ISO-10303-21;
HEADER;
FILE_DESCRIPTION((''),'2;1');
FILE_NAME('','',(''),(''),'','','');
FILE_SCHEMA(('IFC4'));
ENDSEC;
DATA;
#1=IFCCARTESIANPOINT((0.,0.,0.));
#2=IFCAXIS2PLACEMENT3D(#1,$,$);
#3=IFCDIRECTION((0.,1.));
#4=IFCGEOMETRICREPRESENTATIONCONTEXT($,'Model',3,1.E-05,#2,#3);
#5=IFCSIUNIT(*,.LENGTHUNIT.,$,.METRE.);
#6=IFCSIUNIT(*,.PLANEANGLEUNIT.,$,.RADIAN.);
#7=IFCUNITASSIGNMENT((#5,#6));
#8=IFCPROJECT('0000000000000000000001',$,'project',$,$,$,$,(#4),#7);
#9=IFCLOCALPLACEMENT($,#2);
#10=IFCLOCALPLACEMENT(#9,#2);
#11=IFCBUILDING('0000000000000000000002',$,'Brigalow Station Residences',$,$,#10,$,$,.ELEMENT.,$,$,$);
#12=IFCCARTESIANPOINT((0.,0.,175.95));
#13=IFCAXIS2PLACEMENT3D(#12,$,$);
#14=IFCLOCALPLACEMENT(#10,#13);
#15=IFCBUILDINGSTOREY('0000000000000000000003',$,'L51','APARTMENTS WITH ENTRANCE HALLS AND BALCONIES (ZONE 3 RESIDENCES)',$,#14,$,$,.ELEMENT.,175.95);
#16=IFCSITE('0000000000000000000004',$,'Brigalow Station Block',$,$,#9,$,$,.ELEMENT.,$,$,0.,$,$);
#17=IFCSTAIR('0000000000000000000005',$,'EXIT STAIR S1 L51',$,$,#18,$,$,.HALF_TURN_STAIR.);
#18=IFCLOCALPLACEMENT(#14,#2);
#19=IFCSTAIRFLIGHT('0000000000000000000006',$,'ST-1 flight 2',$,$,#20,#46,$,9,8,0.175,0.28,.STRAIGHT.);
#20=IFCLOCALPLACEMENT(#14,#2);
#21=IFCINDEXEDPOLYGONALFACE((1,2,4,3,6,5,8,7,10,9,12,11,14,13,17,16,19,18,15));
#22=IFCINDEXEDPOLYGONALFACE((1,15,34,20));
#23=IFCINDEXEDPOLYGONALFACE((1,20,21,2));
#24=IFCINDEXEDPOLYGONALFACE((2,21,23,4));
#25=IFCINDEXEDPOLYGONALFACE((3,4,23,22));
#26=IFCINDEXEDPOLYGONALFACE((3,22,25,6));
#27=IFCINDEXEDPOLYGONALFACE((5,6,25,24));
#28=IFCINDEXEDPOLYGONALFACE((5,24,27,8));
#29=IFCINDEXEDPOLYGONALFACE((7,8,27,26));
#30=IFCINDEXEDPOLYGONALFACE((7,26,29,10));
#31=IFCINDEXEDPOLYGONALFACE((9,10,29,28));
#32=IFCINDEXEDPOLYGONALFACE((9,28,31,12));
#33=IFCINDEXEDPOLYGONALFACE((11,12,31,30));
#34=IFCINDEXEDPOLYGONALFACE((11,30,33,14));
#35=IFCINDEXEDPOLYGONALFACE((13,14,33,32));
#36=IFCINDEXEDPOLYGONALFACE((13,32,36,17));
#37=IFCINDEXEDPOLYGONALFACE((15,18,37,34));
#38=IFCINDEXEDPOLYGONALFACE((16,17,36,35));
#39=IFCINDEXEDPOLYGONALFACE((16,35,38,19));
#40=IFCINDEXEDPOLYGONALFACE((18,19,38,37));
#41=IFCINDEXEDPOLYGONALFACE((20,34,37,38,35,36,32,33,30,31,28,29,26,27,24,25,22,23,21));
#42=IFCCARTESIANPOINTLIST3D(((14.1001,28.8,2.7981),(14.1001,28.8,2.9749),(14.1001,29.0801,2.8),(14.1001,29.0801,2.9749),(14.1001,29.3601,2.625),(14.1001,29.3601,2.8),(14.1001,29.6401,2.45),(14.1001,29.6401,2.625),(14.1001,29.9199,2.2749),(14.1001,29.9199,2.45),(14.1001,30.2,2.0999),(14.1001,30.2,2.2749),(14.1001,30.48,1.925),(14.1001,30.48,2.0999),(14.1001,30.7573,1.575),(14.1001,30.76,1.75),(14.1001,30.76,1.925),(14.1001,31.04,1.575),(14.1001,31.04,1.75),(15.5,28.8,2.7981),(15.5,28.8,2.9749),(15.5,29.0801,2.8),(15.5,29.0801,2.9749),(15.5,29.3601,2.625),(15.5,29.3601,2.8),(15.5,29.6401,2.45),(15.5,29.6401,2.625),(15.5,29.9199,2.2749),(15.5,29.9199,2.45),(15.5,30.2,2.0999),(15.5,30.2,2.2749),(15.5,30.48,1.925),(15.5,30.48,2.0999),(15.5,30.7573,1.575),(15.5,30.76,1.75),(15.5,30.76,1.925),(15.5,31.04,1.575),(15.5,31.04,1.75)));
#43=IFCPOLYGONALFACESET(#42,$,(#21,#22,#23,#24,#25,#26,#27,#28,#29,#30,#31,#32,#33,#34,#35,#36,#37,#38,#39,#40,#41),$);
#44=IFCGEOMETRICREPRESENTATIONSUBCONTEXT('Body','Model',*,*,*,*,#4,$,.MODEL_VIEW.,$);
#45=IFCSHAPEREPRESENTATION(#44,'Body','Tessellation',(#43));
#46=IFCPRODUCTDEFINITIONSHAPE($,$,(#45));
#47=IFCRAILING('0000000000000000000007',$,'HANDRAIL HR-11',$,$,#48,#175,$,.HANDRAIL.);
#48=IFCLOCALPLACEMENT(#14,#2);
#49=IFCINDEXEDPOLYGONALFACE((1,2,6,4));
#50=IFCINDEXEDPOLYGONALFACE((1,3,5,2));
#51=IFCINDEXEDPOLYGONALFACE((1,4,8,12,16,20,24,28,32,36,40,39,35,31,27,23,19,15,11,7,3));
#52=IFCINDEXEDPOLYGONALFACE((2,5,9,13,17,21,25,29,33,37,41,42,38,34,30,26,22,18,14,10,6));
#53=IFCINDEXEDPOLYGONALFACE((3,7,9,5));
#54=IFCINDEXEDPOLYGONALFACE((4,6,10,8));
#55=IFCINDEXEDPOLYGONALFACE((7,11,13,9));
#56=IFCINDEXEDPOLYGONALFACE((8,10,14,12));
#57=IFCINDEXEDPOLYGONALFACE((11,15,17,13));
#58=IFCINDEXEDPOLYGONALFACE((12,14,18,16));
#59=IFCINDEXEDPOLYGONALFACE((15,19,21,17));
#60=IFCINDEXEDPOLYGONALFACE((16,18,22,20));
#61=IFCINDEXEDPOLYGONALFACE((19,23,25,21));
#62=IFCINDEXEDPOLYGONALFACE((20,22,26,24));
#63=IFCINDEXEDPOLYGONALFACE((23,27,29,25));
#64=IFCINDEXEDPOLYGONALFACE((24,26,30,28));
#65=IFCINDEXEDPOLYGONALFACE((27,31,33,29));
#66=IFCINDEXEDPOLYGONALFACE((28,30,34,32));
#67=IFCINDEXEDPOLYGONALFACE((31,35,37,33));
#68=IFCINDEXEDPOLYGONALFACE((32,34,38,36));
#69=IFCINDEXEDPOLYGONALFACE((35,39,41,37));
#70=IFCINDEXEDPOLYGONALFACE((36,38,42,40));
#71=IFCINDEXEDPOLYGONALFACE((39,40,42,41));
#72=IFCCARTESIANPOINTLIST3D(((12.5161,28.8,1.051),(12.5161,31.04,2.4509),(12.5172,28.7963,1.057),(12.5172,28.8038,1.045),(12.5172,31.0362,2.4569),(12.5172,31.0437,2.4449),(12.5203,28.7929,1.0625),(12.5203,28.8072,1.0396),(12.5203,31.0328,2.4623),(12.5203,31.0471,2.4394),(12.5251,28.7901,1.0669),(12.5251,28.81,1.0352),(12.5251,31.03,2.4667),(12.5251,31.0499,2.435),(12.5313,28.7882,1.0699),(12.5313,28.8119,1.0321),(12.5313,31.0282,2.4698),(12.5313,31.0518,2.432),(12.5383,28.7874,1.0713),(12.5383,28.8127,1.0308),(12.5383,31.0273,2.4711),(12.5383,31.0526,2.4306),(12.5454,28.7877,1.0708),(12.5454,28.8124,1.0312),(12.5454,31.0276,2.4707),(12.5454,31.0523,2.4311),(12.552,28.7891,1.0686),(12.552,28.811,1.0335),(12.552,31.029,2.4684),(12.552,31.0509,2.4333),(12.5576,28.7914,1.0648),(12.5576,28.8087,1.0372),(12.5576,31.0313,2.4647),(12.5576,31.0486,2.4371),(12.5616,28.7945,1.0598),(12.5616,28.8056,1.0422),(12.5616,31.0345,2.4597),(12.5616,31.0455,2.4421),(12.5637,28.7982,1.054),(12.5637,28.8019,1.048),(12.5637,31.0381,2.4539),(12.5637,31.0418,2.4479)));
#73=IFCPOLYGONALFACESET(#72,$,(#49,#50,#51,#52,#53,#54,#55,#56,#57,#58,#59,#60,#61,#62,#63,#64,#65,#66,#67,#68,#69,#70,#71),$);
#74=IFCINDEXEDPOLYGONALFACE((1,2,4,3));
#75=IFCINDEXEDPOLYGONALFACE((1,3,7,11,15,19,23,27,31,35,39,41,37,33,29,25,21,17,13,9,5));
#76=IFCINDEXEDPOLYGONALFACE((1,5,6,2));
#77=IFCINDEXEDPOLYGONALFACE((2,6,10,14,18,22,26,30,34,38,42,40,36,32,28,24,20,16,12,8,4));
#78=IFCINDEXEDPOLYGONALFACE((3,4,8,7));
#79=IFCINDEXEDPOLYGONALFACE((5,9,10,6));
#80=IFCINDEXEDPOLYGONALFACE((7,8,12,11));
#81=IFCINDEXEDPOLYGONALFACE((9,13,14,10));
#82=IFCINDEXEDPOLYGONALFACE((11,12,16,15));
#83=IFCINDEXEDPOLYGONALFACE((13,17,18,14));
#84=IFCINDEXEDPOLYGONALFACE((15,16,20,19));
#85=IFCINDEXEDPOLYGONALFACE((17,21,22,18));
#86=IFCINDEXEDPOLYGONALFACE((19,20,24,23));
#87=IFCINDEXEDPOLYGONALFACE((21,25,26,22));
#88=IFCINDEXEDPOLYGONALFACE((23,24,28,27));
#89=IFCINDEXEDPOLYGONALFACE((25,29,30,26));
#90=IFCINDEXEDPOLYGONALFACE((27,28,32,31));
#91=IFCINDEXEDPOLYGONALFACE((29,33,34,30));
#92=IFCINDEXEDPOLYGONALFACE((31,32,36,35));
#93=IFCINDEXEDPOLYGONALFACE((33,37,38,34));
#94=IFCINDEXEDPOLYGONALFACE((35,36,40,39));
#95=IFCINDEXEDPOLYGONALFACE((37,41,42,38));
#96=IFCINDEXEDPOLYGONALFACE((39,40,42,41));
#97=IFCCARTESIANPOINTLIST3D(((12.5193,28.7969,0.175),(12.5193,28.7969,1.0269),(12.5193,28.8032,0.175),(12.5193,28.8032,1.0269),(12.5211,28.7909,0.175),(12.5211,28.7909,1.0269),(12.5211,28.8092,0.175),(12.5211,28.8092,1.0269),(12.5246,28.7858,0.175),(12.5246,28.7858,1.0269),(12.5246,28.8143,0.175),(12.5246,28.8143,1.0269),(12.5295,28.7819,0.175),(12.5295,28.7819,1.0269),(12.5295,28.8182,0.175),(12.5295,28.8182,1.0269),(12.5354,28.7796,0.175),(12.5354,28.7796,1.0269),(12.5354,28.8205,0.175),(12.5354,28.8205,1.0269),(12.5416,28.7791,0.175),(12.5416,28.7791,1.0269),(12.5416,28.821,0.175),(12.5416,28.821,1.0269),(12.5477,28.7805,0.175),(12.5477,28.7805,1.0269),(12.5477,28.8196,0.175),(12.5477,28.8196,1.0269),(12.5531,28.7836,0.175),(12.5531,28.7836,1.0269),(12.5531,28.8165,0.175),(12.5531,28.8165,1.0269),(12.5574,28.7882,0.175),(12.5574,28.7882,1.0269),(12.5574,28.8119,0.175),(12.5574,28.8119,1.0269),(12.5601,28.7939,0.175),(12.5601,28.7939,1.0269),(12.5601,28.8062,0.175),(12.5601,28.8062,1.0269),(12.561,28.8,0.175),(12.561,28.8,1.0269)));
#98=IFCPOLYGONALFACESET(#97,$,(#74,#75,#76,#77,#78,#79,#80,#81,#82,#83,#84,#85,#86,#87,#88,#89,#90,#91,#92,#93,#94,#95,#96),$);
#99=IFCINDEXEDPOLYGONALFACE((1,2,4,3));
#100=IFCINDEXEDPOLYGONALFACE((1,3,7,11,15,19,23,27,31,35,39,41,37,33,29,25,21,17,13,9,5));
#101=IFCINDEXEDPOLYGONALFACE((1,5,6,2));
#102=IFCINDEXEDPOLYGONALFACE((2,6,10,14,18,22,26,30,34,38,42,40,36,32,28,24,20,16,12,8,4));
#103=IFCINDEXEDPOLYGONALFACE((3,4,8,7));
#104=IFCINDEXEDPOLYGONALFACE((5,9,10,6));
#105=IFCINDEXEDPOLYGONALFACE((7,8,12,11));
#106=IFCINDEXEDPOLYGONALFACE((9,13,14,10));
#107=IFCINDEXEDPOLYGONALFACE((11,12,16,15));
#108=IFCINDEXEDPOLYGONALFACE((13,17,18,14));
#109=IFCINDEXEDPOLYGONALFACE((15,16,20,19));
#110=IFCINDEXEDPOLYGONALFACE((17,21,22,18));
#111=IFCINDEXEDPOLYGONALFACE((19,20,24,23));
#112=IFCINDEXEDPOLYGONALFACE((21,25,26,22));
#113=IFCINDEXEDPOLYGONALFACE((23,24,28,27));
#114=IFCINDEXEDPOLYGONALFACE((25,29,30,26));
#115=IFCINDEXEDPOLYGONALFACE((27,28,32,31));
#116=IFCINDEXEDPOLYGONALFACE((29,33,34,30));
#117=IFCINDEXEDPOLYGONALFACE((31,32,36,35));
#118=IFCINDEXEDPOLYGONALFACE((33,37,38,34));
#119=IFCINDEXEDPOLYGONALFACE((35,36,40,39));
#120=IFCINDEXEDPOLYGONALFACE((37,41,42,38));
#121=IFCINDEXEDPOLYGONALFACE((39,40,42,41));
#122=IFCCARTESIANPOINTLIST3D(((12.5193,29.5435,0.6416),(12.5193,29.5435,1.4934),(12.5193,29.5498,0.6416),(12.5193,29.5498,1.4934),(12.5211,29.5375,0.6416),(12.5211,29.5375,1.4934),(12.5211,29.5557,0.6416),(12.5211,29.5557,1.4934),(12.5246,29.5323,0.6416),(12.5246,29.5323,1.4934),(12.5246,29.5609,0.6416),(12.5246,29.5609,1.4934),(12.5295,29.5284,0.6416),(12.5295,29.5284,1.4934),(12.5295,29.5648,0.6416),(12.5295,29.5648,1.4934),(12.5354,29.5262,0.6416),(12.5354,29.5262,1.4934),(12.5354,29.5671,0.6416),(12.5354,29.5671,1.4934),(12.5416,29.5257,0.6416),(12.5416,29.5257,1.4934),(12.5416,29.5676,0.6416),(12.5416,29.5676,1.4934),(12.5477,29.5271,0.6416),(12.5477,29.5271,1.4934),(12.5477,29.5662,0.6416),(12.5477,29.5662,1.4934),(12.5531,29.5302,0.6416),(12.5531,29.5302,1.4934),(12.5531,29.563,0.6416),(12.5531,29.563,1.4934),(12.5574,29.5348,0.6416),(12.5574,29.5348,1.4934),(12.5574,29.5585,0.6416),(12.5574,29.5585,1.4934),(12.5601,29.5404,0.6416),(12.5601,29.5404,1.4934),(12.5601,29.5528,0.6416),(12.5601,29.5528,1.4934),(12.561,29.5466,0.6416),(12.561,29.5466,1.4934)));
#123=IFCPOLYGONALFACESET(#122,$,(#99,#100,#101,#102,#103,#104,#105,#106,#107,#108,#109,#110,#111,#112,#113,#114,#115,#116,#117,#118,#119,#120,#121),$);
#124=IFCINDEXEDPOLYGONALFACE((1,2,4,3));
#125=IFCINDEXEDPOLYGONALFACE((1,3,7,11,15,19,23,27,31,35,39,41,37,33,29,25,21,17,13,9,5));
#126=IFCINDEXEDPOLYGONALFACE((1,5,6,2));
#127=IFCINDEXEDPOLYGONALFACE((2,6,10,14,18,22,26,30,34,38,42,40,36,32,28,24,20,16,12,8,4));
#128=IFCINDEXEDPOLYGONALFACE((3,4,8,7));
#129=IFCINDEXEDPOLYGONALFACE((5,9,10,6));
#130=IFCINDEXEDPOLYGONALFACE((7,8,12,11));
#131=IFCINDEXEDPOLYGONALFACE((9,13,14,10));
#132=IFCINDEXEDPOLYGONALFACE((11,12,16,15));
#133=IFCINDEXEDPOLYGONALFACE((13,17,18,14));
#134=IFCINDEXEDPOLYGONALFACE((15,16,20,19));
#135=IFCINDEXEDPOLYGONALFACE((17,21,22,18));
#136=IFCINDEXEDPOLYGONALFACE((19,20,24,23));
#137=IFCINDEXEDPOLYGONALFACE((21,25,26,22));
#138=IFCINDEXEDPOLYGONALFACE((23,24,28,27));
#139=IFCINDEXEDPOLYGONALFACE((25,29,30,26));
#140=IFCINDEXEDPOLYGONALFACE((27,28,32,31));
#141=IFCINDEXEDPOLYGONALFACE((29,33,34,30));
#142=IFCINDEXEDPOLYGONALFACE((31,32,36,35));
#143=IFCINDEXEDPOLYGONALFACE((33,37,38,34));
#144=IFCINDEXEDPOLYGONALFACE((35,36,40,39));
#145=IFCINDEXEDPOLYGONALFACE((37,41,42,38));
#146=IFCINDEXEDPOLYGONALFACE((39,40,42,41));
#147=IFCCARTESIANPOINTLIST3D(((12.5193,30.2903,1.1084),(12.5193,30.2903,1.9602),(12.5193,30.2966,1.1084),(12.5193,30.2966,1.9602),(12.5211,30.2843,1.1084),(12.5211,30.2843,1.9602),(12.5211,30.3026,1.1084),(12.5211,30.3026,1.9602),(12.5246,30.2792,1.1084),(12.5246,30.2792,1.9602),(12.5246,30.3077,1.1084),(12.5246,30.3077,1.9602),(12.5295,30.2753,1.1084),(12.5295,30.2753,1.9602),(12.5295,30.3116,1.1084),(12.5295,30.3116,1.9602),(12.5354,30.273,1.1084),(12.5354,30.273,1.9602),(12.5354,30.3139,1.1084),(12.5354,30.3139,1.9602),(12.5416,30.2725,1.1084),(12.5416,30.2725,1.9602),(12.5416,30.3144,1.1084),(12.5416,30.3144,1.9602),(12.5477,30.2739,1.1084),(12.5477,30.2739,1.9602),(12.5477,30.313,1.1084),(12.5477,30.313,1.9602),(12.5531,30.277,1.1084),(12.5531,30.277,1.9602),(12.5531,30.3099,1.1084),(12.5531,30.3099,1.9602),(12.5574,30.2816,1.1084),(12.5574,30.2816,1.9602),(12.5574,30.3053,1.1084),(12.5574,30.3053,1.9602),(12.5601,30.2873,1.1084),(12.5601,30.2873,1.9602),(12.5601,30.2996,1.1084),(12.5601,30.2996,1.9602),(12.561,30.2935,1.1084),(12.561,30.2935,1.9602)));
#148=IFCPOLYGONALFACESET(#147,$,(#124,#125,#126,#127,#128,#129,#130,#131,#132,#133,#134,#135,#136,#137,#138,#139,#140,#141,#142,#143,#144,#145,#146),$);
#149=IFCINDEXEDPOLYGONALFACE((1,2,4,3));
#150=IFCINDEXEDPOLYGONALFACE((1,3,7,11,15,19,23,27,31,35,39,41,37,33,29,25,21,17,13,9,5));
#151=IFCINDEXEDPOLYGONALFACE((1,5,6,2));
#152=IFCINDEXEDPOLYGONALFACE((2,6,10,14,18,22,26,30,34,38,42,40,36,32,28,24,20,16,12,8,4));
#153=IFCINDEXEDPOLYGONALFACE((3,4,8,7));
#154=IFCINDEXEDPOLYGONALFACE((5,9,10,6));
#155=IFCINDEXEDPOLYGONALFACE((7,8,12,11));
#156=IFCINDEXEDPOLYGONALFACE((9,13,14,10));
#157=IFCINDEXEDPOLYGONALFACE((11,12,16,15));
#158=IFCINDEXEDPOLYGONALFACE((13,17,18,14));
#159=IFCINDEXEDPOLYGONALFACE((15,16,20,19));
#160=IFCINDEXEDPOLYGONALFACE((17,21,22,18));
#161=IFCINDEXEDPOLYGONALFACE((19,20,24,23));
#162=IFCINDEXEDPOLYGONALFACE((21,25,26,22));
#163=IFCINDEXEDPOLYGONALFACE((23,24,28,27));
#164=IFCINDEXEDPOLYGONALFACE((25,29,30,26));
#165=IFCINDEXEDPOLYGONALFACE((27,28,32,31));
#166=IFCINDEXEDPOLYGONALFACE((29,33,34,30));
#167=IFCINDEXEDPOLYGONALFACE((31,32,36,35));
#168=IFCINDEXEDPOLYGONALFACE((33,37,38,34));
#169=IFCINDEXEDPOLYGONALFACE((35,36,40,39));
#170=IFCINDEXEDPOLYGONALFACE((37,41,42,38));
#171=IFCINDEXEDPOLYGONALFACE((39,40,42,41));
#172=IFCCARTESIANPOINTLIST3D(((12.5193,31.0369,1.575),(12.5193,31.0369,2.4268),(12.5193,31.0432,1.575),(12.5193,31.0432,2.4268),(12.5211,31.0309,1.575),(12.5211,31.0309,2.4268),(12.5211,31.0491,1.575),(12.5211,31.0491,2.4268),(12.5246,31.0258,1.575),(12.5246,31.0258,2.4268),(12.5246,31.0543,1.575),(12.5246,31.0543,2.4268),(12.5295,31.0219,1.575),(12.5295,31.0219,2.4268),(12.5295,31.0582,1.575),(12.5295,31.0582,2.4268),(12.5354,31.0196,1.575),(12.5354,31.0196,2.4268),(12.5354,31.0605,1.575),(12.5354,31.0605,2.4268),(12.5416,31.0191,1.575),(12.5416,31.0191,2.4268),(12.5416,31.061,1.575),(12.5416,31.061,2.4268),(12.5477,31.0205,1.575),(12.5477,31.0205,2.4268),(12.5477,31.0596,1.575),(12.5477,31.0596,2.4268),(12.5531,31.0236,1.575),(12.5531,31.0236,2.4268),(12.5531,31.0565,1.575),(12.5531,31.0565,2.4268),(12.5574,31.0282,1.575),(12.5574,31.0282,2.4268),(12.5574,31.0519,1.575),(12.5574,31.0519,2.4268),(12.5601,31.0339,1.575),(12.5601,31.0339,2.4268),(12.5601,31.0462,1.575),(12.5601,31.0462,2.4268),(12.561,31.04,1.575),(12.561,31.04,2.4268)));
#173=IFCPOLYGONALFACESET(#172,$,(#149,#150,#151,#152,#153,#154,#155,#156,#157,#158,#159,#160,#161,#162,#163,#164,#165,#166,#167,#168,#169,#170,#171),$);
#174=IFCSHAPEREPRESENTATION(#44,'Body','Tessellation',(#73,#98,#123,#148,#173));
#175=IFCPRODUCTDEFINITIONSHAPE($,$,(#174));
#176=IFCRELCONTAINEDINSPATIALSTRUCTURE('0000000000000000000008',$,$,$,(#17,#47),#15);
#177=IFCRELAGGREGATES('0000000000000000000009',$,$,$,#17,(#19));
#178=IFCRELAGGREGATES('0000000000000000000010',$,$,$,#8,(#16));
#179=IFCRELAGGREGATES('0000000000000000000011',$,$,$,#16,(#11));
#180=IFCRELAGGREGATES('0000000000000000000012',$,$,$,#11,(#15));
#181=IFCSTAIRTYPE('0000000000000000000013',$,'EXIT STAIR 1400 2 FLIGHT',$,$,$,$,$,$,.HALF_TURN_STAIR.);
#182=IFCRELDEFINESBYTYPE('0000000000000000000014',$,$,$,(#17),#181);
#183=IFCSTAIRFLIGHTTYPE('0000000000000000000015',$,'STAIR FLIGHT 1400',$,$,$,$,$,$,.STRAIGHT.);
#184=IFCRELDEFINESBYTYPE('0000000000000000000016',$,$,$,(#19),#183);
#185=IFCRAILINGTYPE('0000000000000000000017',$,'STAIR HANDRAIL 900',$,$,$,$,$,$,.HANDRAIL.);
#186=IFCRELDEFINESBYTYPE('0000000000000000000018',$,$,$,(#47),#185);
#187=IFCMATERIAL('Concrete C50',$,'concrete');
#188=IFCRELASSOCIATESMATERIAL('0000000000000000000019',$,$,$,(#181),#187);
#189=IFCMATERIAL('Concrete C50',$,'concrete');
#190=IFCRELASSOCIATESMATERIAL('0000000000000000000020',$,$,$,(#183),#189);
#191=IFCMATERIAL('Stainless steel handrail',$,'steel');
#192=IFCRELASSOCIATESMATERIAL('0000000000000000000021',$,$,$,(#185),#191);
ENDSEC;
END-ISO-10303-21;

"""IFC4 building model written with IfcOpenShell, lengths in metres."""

from ifc_helpers import new_model, si_unit, direction, frame, origin, origin_2d, place, context, subcontext, project, spatial, polyline, circle, outline, extrude, material, type_object, element, aggregate, save


model = new_model("IFC4")

# Units and contexts
model_context = context("Model", 3, precision=1e-05, world=origin(), true_north=direction((0.0, 1.0)))
body_context = subcontext(model_context, "Body", "Model", "MODEL_VIEW")
ifc_project = project(units=[si_unit("LENGTHUNIT", "METRE"), si_unit("PLANEANGLEUNIT", "RADIAN")], contexts=[model_context])

# Site, building, storey
site_placement = place(None, origin())
site = spatial("IfcSite", under=ifc_project, at=site_placement, Name="Brigalow Station Block", CompositionType="ELEMENT", RefElevation=0.0)
building_placement = place(site_placement, origin())
building = spatial("IfcBuilding", under=site, at=building_placement, Name="Brigalow Station Residences", CompositionType="ELEMENT")
storey_placement = place(building_placement, frame((0.0, 0.0, 175.95)))
storey = spatial("IfcBuildingStorey", under=building, at=storey_placement, Name="L51", Description="APARTMENTS WITH ENTRANCE HALLS AND BALCONIES (ZONE 3 RESIDENCES)", CompositionType="ELEMENT", Elevation=175.95)

# Stair, stair flight
ifc_material_1 = material(Name="Concrete C50", Category="concrete")
stair_type = type_object("IfcStairType", Name="EXIT STAIR 1400 2 FLIGHT", PredefinedType="HALF_TURN_STAIR", material=ifc_material_1)
stair_placement = place(storey_placement, origin())
stair = element("IfcStair", 1, at=stair_placement, inside=storey, type_object=stair_type, Name="EXIT STAIR S1 L51", PredefinedType="HALF_TURN_STAIR")
ifc_material_2 = material(Name="Concrete C50", Category="concrete")
stair_flight_type = type_object("IfcStairFlightType", Name="STAIR FLIGHT 1400", PredefinedType="STRAIGHT", material=ifc_material_2)
stair_flight_1_placement = place(storey_placement, frame((14.8, 31.04, 1.575), z_axis=(0.0, 0.0, 1.0), x_axis=(0.0, -1.0, 0.0)))
stair_flight_1 = element("IfcStairFlight", 2, at=stair_flight_1_placement, type_object=stair_flight_type, Name="ST-1 flight 2", NumberOfRisers=9, NumberOfTreads=8, PredefinedType="STRAIGHT", RiserHeight=0.175, TreadLength=0.28, context=body_context, shape_type="SweptSolid", body=[
    extrude(outline(polyline([(0.0, 0.0), (0.0, 0.175), (0.28, 0.175), (0.28, 0.3501), (0.5601, 0.3501), (0.5601, 0.5249), (0.8401, 0.5249), (0.8401, 0.7), (1.1201, 0.7), (1.1201, 0.875), (1.3999, 0.875), (1.3999, 1.05), (1.6799, 1.05), (1.6799, 1.2251), (1.96, 1.2251), (1.96, 1.3999), (2.24, 1.3999), (2.24, 1.575), (2.24, 1.2231), (0.2827, 0.0), (0.0, 0.0)])), frame((0.0, 0.7, 0.0), z_axis=(0.0, -1.0, 0.0), x_axis=(1.0, 0.0, 0.0)), (0.0, 0.0, 1.0), 1.3999),
])
aggregate(stair, [stair_flight_1])

# Railing
ifc_material_3 = material(Name="Stainless steel handrail", Category="steel")
railing_type_1 = type_object("IfcRailingType", Name="STAIR HANDRAIL 900", PredefinedType="HANDRAIL", material=ifc_material_3)
railing_1_placement = place(storey_placement, frame((12.54, 28.8, 0.175)))
element("IfcRailing", 3, at=railing_1_placement, inside=storey, type_object=railing_type_1, Name="HANDRAIL HR-11", PredefinedType="HANDRAIL", context=body_context, shape_type="SweptSolid", body=[
    extrude(circle(Radius=0.0239, at=origin_2d()), frame((0.0, 0.0, 0.876), z_axis=(0.0, 0.848014, 0.529974), x_axis=(-1.0, 0.0, 0.0)), (0.0, 0.0, 1.0), 2.6414),
    extrude(circle(Radius=0.021, at=origin_2d()), origin(), (0.0, 0.0, 1.0), 0.8518),
    extrude(circle(Radius=0.021, at=origin_2d()), frame((0.0, 0.7466, 0.4666)), (0.0, 0.0, 1.0), 0.8518),
    extrude(circle(Radius=0.021, at=origin_2d()), frame((0.0, 1.4934, 0.9333)), (0.0, 0.0, 1.0), 0.8518),
    extrude(circle(Radius=0.021, at=origin_2d()), frame((0.0, 2.24, 1.3999)), (0.0, 0.0, 1.0), 0.8518),
])

save(model, "model.ifc")
